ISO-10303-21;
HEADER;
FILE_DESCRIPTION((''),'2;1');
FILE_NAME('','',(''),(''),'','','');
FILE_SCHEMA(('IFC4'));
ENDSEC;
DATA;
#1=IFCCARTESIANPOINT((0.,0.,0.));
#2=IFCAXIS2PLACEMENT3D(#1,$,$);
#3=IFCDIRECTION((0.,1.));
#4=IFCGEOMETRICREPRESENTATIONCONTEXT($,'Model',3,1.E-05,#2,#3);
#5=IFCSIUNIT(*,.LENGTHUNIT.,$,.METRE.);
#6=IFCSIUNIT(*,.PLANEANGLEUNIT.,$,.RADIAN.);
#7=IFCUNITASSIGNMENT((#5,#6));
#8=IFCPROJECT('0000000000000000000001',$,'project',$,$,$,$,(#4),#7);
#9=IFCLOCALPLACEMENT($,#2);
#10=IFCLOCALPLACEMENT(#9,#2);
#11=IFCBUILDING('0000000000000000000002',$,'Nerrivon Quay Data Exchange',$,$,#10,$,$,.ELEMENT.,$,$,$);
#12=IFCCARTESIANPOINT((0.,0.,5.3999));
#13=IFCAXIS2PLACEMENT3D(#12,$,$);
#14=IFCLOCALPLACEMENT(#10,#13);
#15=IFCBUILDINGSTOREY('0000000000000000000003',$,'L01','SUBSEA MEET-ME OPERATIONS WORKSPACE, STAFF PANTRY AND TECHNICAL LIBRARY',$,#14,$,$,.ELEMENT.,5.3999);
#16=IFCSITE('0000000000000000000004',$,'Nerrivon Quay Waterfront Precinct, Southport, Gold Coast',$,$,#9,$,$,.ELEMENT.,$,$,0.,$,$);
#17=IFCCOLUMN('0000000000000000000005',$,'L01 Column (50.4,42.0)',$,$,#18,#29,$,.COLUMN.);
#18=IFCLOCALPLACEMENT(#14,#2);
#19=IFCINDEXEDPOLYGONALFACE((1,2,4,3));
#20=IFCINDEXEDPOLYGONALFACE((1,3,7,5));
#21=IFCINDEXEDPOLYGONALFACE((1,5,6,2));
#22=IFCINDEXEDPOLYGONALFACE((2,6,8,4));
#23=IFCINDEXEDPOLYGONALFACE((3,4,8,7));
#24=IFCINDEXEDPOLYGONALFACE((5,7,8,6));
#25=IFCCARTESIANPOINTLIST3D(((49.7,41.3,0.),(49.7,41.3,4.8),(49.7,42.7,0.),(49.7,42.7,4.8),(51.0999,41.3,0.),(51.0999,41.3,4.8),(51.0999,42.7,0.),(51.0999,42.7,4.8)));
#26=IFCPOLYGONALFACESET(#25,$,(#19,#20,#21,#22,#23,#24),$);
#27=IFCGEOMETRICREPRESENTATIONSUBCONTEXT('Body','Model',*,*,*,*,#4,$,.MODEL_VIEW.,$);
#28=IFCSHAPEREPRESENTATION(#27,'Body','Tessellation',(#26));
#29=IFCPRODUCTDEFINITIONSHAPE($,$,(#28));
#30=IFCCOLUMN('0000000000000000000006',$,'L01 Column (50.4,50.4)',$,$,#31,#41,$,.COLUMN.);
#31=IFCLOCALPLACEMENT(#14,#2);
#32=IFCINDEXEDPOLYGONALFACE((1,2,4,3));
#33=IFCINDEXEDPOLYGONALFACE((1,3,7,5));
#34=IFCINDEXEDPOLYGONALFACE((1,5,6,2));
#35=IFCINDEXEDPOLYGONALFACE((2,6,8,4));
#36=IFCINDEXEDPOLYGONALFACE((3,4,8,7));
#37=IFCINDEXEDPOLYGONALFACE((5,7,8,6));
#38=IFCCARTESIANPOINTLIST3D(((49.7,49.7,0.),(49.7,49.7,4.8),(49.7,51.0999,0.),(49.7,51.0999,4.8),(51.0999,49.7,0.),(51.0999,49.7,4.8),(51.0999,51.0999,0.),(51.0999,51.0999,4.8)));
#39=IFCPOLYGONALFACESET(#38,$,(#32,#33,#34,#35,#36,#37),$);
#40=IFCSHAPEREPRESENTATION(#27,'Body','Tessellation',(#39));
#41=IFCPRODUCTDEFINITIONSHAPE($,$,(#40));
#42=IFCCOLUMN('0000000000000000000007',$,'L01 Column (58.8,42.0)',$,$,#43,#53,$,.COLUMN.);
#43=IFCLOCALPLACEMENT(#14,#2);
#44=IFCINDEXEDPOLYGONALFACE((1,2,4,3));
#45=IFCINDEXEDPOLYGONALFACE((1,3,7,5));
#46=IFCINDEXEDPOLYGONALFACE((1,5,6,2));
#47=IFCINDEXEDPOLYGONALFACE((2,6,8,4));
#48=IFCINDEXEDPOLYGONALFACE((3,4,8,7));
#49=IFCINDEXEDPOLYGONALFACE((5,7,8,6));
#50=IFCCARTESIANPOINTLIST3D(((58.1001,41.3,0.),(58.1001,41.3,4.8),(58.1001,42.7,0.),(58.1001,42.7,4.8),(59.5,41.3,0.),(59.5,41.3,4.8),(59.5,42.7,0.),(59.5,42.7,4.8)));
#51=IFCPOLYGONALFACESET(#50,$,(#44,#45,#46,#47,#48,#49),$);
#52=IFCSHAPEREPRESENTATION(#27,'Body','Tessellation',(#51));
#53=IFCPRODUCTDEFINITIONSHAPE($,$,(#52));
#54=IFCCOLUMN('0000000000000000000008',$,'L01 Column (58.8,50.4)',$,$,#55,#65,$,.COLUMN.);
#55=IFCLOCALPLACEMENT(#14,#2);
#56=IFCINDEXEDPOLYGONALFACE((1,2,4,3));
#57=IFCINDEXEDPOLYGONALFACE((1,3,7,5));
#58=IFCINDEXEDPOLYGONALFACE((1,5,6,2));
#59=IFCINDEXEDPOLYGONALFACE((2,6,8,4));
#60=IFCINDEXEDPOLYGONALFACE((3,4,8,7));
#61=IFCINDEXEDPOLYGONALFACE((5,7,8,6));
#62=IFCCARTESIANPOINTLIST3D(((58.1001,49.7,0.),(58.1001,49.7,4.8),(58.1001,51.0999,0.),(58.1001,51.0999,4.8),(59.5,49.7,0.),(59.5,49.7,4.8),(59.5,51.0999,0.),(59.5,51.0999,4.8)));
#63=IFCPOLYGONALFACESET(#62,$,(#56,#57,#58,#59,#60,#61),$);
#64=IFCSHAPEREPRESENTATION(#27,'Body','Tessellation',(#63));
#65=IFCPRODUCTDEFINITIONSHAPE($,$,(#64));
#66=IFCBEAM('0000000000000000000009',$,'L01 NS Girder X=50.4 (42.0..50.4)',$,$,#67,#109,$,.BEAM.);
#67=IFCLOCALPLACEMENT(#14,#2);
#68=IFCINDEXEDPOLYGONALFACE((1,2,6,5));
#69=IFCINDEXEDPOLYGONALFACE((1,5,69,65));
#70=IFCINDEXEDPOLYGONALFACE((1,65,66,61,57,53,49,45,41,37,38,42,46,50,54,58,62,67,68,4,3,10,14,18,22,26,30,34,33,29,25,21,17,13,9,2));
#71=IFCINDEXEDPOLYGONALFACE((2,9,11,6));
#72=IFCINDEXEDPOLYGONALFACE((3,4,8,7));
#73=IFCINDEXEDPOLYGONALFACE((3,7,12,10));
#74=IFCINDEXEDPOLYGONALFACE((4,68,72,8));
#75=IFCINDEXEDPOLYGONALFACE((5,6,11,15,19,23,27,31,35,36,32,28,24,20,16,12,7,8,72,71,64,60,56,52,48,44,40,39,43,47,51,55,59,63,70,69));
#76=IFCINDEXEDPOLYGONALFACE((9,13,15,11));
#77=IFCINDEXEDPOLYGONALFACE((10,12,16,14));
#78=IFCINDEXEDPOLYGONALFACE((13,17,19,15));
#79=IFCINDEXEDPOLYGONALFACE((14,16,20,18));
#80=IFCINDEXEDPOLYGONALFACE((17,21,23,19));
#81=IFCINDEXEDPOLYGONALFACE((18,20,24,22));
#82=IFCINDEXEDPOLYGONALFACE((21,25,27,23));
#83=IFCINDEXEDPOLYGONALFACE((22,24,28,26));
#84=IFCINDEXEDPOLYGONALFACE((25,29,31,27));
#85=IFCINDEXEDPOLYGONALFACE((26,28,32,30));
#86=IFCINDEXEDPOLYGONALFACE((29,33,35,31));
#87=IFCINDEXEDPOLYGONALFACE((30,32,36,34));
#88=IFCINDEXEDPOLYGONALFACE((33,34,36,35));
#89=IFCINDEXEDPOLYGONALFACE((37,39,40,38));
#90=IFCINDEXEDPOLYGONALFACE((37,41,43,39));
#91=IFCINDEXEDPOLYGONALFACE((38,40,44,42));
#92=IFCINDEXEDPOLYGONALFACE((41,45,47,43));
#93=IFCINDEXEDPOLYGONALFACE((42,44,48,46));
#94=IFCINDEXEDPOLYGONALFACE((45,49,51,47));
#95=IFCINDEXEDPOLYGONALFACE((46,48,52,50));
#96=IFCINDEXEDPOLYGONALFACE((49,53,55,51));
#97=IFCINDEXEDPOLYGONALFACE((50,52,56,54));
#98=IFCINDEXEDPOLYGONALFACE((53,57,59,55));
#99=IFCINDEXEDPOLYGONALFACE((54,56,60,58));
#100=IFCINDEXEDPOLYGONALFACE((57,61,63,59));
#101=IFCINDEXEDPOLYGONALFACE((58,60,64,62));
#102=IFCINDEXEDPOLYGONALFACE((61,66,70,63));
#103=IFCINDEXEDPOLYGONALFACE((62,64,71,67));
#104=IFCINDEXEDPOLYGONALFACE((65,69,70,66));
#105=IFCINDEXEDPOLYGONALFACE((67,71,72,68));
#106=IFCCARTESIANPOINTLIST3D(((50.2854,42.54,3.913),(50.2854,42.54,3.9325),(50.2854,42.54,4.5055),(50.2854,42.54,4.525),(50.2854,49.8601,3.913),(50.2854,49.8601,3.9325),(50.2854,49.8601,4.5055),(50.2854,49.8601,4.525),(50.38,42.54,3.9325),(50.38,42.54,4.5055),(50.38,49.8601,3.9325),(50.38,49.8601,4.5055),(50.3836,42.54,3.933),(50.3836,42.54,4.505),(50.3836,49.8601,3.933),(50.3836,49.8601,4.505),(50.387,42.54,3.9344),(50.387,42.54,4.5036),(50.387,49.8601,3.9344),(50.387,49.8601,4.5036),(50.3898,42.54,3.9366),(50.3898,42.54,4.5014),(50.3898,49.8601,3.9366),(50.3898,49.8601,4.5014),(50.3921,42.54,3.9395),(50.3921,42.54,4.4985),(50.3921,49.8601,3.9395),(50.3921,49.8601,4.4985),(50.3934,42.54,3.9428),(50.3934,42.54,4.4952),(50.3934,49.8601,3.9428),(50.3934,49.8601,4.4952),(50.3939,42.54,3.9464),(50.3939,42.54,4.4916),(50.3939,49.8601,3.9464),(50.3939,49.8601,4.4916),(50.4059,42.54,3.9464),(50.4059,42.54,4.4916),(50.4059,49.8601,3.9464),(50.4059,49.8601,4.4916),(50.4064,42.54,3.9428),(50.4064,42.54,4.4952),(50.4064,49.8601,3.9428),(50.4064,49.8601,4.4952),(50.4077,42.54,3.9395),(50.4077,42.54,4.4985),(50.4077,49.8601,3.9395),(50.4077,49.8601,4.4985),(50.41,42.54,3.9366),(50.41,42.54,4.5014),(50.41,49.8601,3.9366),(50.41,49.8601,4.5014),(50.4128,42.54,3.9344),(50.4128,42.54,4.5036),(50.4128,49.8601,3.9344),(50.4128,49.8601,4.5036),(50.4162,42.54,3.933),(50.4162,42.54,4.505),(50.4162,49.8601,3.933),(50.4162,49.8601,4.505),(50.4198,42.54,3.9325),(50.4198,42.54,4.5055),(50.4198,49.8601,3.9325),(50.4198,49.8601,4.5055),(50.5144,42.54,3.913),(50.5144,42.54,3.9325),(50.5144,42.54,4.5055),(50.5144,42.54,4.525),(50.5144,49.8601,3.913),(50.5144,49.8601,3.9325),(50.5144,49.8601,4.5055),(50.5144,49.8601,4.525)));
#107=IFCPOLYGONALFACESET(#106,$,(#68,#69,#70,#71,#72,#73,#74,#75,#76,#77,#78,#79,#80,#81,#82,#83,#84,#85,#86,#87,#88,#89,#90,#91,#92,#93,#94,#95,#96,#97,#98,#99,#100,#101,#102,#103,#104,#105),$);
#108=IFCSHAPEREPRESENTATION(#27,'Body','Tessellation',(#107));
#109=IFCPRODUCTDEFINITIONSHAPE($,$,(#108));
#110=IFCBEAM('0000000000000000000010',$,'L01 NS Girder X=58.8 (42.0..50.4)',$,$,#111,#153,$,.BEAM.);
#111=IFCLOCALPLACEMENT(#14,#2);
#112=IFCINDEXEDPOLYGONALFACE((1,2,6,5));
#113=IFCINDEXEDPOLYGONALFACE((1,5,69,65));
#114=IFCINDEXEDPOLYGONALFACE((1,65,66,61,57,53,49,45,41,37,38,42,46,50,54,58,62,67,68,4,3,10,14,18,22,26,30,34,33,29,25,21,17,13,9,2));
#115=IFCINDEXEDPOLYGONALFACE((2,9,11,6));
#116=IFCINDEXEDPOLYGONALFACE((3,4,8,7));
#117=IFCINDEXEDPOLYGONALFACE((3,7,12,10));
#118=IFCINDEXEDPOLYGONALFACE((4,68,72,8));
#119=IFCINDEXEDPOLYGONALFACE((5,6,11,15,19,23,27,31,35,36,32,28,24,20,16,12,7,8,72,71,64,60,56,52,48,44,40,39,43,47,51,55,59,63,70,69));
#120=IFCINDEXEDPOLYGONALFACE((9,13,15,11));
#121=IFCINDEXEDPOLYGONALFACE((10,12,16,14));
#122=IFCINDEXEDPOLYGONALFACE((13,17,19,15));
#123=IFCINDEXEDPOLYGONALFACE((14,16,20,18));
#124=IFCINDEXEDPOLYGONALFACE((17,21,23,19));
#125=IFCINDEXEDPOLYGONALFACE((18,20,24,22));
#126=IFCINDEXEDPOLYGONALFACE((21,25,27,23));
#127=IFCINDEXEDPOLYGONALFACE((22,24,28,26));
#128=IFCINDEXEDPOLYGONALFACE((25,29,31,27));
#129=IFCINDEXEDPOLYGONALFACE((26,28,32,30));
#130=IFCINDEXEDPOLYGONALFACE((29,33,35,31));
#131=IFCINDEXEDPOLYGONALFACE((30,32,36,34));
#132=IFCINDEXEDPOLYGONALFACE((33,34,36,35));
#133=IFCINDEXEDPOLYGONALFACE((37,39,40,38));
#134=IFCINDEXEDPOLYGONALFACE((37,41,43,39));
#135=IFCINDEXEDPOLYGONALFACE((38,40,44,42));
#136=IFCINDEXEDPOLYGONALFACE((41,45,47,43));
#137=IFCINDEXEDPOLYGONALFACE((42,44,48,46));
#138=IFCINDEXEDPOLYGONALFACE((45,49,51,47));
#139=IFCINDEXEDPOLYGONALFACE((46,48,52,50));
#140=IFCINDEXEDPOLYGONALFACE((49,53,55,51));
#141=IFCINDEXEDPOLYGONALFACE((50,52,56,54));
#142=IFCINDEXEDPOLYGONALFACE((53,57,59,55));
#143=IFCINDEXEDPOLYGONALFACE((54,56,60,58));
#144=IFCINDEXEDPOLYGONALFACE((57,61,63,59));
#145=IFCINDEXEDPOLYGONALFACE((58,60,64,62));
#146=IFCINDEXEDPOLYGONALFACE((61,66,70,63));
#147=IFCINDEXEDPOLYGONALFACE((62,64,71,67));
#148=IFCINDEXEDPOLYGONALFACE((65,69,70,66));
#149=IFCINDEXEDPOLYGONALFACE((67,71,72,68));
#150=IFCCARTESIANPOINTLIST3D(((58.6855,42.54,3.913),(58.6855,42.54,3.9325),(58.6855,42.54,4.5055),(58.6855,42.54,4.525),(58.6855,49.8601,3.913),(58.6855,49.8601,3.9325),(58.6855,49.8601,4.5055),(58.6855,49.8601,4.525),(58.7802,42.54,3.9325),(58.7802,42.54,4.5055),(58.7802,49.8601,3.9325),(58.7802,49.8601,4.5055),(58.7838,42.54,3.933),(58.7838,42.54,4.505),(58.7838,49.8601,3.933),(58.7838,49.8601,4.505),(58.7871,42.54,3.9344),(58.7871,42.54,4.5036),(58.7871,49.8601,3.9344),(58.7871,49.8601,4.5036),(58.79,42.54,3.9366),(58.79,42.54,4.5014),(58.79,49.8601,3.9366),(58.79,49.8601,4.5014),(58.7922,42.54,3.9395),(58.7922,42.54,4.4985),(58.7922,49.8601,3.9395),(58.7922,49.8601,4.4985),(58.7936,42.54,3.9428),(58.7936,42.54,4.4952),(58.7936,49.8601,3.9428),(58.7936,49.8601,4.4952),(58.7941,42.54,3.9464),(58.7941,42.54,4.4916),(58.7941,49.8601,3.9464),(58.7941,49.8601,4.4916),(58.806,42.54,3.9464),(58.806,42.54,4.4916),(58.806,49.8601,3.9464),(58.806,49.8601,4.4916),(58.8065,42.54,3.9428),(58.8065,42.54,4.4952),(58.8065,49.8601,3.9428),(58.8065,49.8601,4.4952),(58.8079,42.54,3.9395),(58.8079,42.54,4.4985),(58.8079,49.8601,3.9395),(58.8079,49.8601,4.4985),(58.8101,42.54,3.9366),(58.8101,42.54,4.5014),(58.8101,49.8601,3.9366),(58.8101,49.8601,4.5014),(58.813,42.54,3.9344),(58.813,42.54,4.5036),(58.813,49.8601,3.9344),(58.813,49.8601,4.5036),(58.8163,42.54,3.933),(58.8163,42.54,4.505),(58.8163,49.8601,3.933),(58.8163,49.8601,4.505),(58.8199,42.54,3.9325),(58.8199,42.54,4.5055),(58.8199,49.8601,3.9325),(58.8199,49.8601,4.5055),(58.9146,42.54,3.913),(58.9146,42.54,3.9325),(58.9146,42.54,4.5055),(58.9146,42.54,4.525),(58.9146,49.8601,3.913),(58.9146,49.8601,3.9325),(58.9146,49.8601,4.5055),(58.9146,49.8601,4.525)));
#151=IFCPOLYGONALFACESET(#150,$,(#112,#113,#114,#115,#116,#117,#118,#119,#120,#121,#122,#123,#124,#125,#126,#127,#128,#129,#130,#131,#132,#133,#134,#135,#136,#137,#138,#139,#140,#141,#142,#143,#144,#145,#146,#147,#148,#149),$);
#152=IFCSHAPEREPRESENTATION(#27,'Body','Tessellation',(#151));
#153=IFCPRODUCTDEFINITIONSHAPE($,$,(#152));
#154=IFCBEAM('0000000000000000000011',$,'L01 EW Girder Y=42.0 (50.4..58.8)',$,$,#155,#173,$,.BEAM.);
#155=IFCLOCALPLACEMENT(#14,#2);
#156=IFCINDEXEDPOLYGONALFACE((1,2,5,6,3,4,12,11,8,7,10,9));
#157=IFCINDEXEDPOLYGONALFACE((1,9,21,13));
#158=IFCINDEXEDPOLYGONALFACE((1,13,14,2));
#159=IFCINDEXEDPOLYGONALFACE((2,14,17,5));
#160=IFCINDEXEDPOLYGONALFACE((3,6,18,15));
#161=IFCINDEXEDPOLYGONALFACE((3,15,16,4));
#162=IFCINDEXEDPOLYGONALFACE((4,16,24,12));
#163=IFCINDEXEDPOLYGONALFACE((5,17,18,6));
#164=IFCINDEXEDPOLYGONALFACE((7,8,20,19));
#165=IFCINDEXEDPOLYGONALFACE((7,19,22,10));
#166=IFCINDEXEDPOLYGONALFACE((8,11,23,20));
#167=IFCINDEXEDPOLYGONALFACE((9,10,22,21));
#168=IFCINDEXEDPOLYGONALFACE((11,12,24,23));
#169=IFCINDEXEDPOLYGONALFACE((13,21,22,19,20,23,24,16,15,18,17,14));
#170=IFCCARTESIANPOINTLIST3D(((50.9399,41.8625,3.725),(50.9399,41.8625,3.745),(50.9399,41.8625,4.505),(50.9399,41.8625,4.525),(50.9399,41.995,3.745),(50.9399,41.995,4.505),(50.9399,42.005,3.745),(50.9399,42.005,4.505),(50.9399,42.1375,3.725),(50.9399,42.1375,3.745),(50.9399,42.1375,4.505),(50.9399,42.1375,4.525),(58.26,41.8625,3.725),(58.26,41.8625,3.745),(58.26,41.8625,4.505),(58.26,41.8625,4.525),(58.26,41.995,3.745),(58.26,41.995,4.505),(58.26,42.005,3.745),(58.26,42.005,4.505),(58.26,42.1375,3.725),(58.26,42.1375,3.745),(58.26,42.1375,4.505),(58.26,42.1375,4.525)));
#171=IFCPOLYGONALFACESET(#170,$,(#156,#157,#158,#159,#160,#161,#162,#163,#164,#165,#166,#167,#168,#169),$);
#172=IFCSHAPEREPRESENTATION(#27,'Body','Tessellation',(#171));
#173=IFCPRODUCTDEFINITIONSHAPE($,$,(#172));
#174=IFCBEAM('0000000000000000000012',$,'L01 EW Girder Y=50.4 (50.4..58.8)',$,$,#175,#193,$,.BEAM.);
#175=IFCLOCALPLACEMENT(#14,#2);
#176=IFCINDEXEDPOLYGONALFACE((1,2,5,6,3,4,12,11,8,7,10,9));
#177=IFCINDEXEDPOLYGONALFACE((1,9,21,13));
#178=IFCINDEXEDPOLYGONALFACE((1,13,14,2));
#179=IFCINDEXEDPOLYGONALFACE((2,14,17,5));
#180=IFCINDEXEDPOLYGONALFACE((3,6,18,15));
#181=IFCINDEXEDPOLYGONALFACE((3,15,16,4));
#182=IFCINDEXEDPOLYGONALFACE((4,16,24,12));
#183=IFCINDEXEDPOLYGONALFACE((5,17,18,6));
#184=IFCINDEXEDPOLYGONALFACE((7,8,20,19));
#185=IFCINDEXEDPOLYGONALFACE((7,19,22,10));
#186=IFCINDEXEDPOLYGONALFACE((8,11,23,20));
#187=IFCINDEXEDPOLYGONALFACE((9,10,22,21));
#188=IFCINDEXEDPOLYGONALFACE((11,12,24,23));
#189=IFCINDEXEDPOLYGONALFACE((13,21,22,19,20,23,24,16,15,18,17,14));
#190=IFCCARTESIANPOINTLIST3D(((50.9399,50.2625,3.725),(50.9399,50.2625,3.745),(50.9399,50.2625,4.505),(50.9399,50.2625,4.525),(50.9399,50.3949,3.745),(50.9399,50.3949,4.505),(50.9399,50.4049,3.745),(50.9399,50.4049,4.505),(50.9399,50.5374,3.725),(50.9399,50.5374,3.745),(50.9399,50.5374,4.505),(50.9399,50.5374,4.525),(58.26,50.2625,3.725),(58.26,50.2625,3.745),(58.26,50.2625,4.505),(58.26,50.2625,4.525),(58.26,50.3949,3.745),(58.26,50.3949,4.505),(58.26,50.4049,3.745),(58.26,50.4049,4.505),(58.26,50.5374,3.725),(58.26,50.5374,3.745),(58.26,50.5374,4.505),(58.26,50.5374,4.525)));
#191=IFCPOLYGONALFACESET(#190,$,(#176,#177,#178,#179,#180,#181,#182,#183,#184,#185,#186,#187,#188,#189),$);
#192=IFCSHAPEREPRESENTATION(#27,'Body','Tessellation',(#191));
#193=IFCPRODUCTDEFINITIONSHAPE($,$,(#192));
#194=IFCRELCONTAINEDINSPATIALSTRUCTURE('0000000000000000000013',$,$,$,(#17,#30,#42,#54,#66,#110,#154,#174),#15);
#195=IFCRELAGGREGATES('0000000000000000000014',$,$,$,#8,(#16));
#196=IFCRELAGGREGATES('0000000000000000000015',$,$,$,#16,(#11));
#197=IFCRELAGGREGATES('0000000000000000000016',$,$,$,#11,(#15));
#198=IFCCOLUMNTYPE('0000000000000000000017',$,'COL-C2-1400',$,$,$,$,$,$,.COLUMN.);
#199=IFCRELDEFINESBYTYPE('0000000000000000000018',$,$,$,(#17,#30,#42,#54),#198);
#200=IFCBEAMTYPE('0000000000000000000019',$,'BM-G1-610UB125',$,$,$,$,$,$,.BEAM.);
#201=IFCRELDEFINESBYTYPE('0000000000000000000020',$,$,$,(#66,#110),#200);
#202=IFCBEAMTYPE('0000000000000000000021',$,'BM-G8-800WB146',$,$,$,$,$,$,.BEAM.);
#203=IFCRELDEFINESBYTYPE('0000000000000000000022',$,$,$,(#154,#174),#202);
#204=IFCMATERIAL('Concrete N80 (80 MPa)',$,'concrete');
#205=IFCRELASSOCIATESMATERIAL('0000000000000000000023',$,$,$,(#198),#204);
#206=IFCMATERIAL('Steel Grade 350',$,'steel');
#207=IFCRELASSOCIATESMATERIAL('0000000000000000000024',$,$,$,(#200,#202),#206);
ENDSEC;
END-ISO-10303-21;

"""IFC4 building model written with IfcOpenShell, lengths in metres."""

from ifc_helpers import new_model, si_unit, direction, frame, origin, origin_2d, place, context, subcontext, project, spatial, rectangle, i_section, extrude, material, material_profile, profile_set, type_object, element, save


model = new_model("IFC4")

# Units and contexts
model_context = context("Model", 3, precision=1e-05, world=origin(), true_north=direction((0.0, 1.0)))
body_context = subcontext(model_context, "Body", "Model", "MODEL_VIEW")
ifc_project = project(units=[si_unit("LENGTHUNIT", "METRE"), si_unit("PLANEANGLEUNIT", "RADIAN")], contexts=[model_context])

# Site, building, storey
site_placement = place(None, origin())
site = spatial("IfcSite", under=ifc_project, at=site_placement, Name="Nerrivon Quay Waterfront Precinct, Southport, Gold Coast", CompositionType="ELEMENT", RefElevation=0.0)
building_placement = place(site_placement, origin())
building = spatial("IfcBuilding", under=site, at=building_placement, Name="Nerrivon Quay Data Exchange", CompositionType="ELEMENT")
storey_placement = place(building_placement, frame((0.0, 0.0, 5.3999)))
storey = spatial("IfcBuildingStorey", under=building, at=storey_placement, Name="L01", Description="SUBSEA MEET-ME OPERATIONS WORKSPACE, STAFF PANTRY AND TECHNICAL LIBRARY", CompositionType="ELEMENT", Elevation=5.3999)

# Columns
ifc_material_1 = material(Name="Concrete N80 (80 MPa)", Category="concrete")
ifc_material_profile_1 = material_profile(ifc_material_1, rectangle(XDim=1.3999, YDim=1.3999, at=origin_2d()), Name="RC-COL-1400x1400")
ifc_profile_set_1 = profile_set([ifc_material_profile_1], Name="Concrete N80 (80 MPa)")
column_type = type_object("IfcColumnType", Name="COL-C2-1400", PredefinedType="COLUMN", material=ifc_profile_set_1)
for number, where, z_axis, x_axis, name in (
    (1, (50.3999, 42.0, 0.0), (0.0, 0.0, 1.0), (1.0, 0.0, 0.0), "L01 Column (50.4,42.0)"),
    (2, (50.3999, 50.3999, 0.0), (0.0, 0.0, 1.0), (1.0, 0.0, 0.0), "L01 Column (50.4,50.4)"),
    (3, (58.8, 42.0, 0.0), (0.0, 0.0, 1.0), (1.0, 0.0, 0.0), "L01 Column (58.8,42.0)"),
    (4, (58.8, 50.3999, 0.0), (0.0, 0.0, 1.0), (1.0, 0.0, 0.0), "L01 Column (58.8,50.4)"),
):
    element("IfcColumn", number, at=place(storey_placement, frame(where, z_axis=z_axis, x_axis=x_axis)), inside=storey, type_object=column_type, Name=name, PredefinedType="COLUMN", context=body_context, shape_type="SweptSolid", body=[
        extrude(rectangle(XDim=1.3999, YDim=1.3999, at=origin_2d()), origin(), (0.0, 0.0, 1.0), 4.8),
    ])

# Beams
ifc_material_2 = material(Name="Steel Grade 350", Category="steel")
ifc_material_profile_2 = material_profile(ifc_material_2, i_section(OverallWidth=0.229, OverallDepth=0.6121, WebThickness=0.012, FlangeThickness=0.0195, FilletRadius=0.0139, at=origin_2d()), Name="610UB125")
ifc_profile_set_2 = profile_set([ifc_material_profile_2], Name="Steel Grade 350")
beam_type_1 = type_object("IfcBeamType", Name="BM-G1-610UB125", PredefinedType="BEAM", material=ifc_profile_set_2)
for number, where, z_axis, x_axis, name in (
    (5, (50.3999, 42.54, 4.219), (0.0, 1.0, 0.0), (-1.0, 0.0, 0.0), "L01 NS Girder X=50.4 (42.0..50.4)"),
    (6, (58.8, 42.54, 4.219), (0.0, 1.0, 0.0), (-1.0, 0.0, 0.0), "L01 NS Girder X=58.8 (42.0..50.4)"),
):
    element("IfcBeam", number, at=place(storey_placement, frame(where, z_axis=z_axis, x_axis=x_axis)), inside=storey, type_object=beam_type_1, Name=name, PredefinedType="BEAM", context=body_context, shape_type="SweptSolid", body=[
        extrude(i_section(OverallWidth=0.229, OverallDepth=0.6121, WebThickness=0.012, FlangeThickness=0.0195, FilletRadius=0.0139, at=origin_2d()), origin(), (0.0, 0.0, 1.0), 7.3201),
    ])
ifc_material_profile_3 = material_profile(ifc_material_2, i_section(OverallWidth=0.2749, OverallDepth=0.8, WebThickness=0.01, FlangeThickness=0.02, at=origin_2d()), Name="800WB146")
ifc_profile_set_3 = profile_set([ifc_material_profile_3], Name="Steel Grade 350")
beam_type_2 = type_object("IfcBeamType", Name="BM-G8-800WB146", PredefinedType="BEAM", material=ifc_profile_set_3)
for number, where, z_axis, x_axis, name in (
    (7, (50.9399, 42.0, 4.125), (1.0, 0.0, 0.0), (0.0, 1.0, 0.0), "L01 EW Girder Y=42.0 (50.4..58.8)"),
    (8, (50.9399, 50.3999, 4.125), (1.0, 0.0, 0.0), (0.0, 1.0, 0.0), "L01 EW Girder Y=50.4 (50.4..58.8)"),
):
    element("IfcBeam", number, at=place(storey_placement, frame(where, z_axis=z_axis, x_axis=x_axis)), inside=storey, type_object=beam_type_2, Name=name, PredefinedType="BEAM", context=body_context, shape_type="SweptSolid", body=[
        extrude(i_section(OverallWidth=0.2749, OverallDepth=0.8, WebThickness=0.01, FlangeThickness=0.02, at=origin_2d()), origin(), (0.0, 0.0, 1.0), 7.3201),
    ])

save(model, "model.ifc")
